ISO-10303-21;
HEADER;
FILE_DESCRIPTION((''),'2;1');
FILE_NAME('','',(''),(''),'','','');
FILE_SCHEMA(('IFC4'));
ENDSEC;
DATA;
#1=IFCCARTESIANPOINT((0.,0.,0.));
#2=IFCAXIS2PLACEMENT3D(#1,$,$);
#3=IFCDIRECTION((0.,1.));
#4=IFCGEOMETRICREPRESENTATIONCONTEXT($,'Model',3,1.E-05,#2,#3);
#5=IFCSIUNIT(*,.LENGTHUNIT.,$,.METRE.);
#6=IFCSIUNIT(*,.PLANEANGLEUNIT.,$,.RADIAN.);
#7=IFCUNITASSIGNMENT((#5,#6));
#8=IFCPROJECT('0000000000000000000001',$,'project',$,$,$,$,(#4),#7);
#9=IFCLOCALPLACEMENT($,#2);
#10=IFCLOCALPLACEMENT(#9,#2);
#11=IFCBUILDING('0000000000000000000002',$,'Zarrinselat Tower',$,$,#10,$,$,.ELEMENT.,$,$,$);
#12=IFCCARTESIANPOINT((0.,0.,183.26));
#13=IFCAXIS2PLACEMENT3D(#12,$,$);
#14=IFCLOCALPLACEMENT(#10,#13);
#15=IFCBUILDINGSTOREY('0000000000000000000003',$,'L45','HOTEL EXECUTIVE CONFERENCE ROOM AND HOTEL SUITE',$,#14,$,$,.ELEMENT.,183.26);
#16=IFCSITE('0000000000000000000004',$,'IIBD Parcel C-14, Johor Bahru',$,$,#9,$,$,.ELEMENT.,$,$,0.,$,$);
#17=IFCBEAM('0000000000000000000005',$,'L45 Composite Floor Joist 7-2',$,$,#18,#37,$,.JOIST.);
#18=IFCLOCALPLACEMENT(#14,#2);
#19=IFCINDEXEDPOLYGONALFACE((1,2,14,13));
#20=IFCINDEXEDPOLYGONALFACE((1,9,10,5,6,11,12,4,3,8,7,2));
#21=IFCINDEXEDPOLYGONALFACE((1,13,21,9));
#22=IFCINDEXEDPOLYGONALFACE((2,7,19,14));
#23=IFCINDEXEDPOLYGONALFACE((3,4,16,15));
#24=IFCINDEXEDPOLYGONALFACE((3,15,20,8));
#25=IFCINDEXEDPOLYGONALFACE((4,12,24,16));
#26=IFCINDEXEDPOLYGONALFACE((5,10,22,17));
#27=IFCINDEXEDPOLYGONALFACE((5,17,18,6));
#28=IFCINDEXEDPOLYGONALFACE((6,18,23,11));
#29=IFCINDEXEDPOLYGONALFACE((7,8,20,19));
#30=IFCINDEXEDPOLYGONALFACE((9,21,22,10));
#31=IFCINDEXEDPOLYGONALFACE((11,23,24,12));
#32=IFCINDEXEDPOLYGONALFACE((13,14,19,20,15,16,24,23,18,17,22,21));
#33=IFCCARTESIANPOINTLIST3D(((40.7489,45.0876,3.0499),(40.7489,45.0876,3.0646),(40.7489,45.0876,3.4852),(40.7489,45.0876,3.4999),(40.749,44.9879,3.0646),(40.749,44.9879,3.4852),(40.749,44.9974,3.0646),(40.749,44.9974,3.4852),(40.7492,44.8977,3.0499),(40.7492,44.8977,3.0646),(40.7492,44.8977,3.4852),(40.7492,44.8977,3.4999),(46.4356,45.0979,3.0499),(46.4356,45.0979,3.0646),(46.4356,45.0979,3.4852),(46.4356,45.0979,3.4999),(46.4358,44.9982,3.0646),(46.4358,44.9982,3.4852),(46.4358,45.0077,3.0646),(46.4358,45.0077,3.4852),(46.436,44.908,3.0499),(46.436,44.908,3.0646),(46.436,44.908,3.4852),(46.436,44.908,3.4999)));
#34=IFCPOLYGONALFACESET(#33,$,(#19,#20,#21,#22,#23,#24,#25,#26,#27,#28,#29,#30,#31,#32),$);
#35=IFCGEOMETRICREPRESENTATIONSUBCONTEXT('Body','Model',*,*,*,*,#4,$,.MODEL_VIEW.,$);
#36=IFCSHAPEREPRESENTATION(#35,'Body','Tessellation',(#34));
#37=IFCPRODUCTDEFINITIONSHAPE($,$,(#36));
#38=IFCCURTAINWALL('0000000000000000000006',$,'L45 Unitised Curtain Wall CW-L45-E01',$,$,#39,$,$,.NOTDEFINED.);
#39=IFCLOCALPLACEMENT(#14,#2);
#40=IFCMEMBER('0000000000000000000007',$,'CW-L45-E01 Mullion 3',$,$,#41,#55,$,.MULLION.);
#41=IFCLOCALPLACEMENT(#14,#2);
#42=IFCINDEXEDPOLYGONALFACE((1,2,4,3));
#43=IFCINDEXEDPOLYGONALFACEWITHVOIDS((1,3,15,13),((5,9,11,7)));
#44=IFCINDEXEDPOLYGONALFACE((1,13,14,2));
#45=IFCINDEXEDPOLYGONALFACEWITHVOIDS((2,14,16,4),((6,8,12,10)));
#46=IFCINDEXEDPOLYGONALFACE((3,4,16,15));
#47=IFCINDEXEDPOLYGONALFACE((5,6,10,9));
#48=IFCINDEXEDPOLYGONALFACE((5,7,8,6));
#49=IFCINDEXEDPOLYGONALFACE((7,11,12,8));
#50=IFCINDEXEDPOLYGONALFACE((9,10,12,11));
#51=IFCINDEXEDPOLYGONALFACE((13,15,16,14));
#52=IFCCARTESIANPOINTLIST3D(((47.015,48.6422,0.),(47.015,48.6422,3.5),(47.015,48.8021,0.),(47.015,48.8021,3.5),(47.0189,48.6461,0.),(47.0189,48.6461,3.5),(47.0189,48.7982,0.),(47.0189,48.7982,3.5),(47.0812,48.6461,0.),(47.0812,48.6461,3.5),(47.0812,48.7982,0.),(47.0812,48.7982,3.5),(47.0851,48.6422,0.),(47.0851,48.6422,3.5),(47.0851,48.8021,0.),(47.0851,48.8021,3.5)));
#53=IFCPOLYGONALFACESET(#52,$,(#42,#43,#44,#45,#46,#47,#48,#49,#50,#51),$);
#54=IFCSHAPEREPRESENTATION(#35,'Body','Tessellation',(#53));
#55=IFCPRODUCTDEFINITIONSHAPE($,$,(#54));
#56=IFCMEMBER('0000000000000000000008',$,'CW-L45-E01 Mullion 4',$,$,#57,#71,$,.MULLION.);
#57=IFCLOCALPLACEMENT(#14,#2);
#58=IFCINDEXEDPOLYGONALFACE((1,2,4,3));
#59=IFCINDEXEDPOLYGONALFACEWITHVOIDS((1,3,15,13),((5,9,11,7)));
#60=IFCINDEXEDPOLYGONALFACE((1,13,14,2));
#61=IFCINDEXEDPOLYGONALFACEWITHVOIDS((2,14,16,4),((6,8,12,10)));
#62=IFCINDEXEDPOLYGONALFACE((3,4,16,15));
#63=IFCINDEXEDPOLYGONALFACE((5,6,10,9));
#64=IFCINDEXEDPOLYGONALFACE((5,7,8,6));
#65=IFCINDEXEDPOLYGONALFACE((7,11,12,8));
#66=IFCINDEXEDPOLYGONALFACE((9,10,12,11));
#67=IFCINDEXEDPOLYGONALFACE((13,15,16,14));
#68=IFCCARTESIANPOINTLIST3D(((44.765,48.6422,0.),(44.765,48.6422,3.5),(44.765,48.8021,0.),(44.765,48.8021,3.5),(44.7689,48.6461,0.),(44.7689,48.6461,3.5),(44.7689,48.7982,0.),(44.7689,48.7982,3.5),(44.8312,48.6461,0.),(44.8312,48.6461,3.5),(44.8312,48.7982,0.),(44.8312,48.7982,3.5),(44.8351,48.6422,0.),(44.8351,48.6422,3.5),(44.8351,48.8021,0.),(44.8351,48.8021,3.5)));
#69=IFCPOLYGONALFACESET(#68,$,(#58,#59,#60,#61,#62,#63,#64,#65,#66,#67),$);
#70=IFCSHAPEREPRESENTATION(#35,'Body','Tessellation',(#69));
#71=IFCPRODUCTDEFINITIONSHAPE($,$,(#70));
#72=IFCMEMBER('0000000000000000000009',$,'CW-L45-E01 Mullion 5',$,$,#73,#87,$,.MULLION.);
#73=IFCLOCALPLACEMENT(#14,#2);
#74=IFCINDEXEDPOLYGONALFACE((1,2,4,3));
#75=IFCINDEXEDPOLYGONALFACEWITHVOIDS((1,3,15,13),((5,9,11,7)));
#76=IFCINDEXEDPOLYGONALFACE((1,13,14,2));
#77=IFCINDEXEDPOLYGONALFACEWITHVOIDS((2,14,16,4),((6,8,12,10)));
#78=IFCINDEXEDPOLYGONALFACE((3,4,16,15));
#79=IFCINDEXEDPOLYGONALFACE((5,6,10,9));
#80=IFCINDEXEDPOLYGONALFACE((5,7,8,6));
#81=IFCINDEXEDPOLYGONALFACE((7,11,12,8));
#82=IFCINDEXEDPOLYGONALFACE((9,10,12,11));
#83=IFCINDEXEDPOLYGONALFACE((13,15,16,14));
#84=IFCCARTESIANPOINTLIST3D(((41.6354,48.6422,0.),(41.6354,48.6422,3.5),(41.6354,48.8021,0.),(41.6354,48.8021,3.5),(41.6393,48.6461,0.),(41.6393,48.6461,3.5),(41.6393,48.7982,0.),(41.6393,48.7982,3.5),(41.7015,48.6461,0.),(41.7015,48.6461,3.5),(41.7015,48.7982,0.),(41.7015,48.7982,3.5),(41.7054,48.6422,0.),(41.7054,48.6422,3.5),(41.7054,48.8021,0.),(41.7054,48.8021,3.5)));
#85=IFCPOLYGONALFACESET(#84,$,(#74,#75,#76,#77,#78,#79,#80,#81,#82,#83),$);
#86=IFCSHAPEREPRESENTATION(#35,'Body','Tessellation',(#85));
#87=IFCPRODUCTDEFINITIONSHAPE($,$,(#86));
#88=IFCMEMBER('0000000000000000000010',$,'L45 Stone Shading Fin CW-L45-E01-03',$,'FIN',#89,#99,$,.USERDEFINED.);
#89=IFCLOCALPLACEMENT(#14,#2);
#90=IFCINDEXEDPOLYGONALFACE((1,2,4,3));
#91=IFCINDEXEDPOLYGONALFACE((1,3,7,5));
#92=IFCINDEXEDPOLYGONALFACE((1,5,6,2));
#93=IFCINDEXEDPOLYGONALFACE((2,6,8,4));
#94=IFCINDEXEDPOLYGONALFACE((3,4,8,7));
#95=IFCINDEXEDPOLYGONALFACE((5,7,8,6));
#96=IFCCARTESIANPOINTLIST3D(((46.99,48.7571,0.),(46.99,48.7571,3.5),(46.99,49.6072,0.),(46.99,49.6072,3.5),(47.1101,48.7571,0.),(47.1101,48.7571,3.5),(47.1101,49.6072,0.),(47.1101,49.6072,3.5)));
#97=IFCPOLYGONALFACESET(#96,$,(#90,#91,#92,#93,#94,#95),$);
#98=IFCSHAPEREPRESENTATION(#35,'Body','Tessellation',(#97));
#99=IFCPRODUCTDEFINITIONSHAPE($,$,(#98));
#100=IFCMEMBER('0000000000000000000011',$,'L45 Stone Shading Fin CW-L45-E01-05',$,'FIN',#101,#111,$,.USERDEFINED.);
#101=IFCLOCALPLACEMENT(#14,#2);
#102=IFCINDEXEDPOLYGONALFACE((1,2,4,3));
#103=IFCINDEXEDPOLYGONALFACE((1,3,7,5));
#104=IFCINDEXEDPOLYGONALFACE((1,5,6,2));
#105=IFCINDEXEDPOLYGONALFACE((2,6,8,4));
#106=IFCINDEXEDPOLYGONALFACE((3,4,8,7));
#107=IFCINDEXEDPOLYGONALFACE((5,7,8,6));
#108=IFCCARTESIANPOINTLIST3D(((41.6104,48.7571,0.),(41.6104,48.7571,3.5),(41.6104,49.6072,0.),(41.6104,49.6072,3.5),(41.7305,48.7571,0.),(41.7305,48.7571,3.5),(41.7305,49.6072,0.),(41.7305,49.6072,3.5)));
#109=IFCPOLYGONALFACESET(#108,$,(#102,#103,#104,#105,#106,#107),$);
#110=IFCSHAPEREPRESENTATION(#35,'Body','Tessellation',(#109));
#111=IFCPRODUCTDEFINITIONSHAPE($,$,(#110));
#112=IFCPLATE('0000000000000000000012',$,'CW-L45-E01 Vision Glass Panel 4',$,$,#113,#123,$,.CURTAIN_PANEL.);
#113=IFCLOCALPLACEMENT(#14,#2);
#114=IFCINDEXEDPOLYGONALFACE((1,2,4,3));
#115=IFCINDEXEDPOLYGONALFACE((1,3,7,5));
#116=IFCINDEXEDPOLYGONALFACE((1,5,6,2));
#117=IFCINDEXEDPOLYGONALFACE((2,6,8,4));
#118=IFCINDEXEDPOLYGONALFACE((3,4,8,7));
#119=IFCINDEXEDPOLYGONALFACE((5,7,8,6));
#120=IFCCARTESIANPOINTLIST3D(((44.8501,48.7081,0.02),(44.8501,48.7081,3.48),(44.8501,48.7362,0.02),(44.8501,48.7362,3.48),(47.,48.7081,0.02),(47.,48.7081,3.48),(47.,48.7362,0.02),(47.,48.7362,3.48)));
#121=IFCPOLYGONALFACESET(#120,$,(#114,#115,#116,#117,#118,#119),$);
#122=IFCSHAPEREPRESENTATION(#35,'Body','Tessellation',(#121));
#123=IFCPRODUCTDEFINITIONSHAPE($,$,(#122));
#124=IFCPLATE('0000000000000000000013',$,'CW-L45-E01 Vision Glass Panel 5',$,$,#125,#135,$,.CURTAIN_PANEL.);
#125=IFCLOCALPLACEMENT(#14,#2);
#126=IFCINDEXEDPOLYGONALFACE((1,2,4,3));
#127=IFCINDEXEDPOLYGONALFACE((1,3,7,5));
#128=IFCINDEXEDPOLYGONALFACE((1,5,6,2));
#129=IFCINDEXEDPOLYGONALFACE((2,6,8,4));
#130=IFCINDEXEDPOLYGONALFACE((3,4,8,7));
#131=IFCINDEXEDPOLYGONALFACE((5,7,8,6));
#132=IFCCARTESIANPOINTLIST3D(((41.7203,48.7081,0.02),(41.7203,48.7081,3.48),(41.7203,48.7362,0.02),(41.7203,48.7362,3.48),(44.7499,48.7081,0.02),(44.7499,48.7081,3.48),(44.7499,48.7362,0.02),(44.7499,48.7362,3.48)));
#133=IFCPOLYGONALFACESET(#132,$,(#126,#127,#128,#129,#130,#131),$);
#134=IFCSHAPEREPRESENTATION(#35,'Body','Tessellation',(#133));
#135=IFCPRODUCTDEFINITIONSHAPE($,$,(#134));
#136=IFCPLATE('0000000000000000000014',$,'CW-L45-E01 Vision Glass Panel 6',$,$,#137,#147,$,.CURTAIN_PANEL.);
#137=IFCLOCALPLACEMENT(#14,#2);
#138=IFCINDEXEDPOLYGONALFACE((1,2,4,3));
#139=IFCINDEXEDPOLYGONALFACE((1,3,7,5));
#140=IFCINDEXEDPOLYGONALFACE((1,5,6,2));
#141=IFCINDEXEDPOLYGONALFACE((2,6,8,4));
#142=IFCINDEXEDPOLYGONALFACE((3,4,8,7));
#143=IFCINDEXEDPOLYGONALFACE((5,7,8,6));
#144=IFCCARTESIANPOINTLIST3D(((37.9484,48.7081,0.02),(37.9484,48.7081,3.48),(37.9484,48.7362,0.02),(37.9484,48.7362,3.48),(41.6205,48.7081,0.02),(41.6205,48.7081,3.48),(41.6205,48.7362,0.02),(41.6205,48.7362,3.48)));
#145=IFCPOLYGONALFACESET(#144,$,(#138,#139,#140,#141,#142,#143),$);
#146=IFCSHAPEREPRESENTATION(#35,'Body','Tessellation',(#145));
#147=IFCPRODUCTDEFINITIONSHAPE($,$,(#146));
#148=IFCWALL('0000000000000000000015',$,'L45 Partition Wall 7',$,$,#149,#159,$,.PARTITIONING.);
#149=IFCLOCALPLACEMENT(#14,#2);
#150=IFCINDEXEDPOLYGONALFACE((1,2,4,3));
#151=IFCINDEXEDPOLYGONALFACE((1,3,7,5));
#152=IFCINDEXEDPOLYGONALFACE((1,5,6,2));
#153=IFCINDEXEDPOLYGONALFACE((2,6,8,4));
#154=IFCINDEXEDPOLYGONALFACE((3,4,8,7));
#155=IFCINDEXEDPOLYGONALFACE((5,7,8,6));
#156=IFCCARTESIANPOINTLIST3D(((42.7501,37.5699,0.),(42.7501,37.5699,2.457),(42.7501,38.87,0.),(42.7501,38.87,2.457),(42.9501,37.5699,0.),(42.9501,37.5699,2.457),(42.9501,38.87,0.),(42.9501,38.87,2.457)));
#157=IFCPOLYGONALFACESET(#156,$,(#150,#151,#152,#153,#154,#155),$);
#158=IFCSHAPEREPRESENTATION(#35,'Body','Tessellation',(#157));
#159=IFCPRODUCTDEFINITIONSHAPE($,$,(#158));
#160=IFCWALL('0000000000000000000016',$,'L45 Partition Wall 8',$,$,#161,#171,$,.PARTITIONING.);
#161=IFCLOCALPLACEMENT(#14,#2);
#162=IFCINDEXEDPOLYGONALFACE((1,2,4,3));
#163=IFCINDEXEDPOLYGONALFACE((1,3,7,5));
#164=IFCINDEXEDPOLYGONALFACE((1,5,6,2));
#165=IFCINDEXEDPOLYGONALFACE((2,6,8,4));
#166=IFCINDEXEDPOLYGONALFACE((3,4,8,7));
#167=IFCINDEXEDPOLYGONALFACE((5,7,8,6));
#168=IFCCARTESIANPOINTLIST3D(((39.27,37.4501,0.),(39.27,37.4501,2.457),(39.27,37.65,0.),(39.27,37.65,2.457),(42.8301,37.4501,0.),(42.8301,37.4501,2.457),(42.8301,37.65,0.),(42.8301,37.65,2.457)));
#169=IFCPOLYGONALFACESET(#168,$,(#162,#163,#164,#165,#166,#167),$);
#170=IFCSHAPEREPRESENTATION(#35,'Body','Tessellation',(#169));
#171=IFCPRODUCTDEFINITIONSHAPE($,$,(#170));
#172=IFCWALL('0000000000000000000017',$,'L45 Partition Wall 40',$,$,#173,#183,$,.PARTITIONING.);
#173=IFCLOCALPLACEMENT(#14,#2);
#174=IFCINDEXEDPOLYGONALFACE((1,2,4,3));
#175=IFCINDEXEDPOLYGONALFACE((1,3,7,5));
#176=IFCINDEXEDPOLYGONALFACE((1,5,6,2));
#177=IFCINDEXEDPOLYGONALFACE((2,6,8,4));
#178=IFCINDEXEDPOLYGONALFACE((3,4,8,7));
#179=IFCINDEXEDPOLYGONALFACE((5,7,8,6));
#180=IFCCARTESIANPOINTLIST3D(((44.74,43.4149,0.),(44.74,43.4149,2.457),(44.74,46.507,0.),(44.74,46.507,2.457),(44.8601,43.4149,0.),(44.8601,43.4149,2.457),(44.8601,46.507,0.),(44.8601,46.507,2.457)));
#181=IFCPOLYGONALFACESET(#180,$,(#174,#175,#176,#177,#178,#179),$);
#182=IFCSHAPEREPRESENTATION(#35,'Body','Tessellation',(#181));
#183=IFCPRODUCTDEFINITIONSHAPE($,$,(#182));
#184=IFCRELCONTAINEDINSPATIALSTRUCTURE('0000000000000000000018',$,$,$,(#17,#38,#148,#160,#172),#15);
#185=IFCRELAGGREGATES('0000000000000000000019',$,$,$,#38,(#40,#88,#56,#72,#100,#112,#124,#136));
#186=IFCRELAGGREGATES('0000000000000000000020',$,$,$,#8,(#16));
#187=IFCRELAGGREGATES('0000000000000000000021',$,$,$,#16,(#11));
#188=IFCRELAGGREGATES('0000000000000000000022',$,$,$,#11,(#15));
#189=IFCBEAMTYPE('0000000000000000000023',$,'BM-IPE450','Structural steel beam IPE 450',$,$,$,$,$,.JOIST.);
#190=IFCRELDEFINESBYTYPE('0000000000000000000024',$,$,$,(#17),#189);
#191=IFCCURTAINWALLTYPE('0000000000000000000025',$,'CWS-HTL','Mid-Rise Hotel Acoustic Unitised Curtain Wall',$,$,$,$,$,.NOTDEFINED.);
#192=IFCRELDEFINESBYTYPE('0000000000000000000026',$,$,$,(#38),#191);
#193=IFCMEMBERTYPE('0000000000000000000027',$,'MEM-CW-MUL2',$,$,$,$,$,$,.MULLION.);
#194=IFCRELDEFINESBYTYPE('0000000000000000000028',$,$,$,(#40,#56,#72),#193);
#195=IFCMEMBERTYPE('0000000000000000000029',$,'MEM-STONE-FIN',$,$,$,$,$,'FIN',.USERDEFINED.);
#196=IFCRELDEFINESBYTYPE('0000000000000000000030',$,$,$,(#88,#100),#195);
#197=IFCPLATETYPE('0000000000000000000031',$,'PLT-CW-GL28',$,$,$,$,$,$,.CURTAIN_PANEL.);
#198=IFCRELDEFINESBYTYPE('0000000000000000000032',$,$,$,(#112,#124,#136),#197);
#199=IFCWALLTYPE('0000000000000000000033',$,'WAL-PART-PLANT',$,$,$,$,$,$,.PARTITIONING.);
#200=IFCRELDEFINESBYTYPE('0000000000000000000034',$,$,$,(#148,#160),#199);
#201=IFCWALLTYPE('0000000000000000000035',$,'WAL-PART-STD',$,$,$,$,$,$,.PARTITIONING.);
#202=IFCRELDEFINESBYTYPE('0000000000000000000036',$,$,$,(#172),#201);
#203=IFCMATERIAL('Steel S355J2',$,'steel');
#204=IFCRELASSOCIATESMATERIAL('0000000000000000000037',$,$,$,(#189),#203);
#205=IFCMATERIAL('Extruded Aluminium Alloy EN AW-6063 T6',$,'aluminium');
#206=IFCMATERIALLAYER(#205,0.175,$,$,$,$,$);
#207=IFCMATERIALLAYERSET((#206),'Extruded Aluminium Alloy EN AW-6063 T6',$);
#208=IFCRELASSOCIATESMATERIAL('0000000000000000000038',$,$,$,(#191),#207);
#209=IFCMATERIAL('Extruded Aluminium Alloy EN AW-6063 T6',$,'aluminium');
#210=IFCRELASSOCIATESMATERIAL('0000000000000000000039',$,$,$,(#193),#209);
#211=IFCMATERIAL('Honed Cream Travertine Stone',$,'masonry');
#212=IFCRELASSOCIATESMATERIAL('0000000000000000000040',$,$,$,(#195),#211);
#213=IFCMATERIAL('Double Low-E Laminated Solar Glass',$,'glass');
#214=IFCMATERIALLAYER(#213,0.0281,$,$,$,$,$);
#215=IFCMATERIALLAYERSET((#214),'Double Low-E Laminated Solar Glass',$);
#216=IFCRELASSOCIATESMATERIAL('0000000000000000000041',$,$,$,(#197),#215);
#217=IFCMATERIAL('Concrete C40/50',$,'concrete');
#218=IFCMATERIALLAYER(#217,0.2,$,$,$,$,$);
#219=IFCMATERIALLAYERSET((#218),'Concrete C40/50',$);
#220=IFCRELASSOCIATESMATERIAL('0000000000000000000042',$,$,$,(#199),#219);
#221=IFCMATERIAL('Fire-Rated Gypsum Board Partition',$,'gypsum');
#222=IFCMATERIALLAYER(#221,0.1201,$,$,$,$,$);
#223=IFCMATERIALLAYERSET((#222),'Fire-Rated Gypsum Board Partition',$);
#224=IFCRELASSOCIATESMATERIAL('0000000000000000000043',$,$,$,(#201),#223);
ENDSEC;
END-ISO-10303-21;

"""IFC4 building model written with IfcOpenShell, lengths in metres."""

from ifc_helpers import new_model, si_unit, direction, frame, frame_2d, origin, origin_2d, place, context, subcontext, project, spatial, rectangle, hollow_rectangle, i_section, extrude, material, layer, layer_set, material_profile, profile_set, type_object, element, aggregate, save


model = new_model("IFC4")

# Units and contexts
model_context = context("Model", 3, precision=1e-05, world=origin(), true_north=direction((0.0, 1.0)))
body_context = subcontext(model_context, "Body", "Model", "MODEL_VIEW")
ifc_project = project(units=[si_unit("LENGTHUNIT", "METRE"), si_unit("PLANEANGLEUNIT", "RADIAN")], contexts=[model_context])

# Site, building, storey
site_placement = place(None, origin())
site = spatial("IfcSite", under=ifc_project, at=site_placement, Name="IIBD Parcel C-14, Johor Bahru", CompositionType="ELEMENT", RefElevation=0.0)
building_placement = place(site_placement, origin())
building = spatial("IfcBuilding", under=site, at=building_placement, Name="Zarrinselat Tower", CompositionType="ELEMENT")
storey_placement = place(building_placement, frame((0.0, 0.0, 183.26)))
storey = spatial("IfcBuildingStorey", under=building, at=storey_placement, Name="L45", Description="HOTEL EXECUTIVE CONFERENCE ROOM AND HOTEL SUITE", CompositionType="ELEMENT", Elevation=183.26)

# Beam
ifc_material_1 = material(Name="Steel S355J2", Category="steel")
ifc_material_profile_1 = material_profile(ifc_material_1, i_section(OverallWidth=0.1899, OverallDepth=0.45, WebThickness=0.0095, FlangeThickness=0.0146, at=origin_2d()), Name="IPE 450")
ifc_profile_set_1 = profile_set([ifc_material_profile_1], Name="Steel S355J2")
beam_type_1 = type_object("IfcBeamType", Name="BM-IPE450", Description="Structural steel beam IPE 450", PredefinedType="JOIST", material=ifc_profile_set_1)
beam_1_placement = place(storey_placement, frame((40.749, 44.9927, 3.2749), z_axis=(0.999998, 0.001803, 0.0), x_axis=(-0.001803, 0.999998, 0.0)))
element("IfcBeam", 1, at=beam_1_placement, inside=storey, type_object=beam_type_1, Name="L45 Composite Floor Joist 7-2", PredefinedType="JOIST", context=body_context, shape_type="SweptSolid", body=[
    extrude(i_section(OverallWidth=0.1899, OverallDepth=0.45, WebThickness=0.0095, FlangeThickness=0.0146, at=origin_2d()), origin(), (0.0, 0.0, 1.0), 5.6868),
])

# Curtain wall, members, plates
ifc_material_2 = material(Name="Extruded Aluminium Alloy EN AW-6063 T6", Category="aluminium")
ifc_layer_1 = layer(ifc_material_2, 0.175)
ifc_layer_set_1 = layer_set([ifc_layer_1], Name="Extruded Aluminium Alloy EN AW-6063 T6")
curtain_wall_type = type_object("IfcCurtainWallType", Name="CWS-HTL", Description="Mid-Rise Hotel Acoustic Unitised Curtain Wall", PredefinedType="NOTDEFINED", material=ifc_layer_set_1)
curtain_wall_placement = place(storey_placement, origin())
curtain_wall = element("IfcCurtainWall", 2, at=curtain_wall_placement, inside=storey, type_object=curtain_wall_type, Name="L45 Unitised Curtain Wall CW-L45-E01", PredefinedType="NOTDEFINED")
ifc_material_3 = material(Name="Extruded Aluminium Alloy EN AW-6063 T6", Category="aluminium")
ifc_material_profile_2 = material_profile(ifc_material_3, hollow_rectangle(XDim=0.0701, YDim=0.1599, WallThickness=0.0039, at=origin_2d()), Name="RHS 160x70x4")
ifc_profile_set_2 = profile_set([ifc_material_profile_2], Name="Extruded Aluminium Alloy EN AW-6063 T6")
member_type_1 = type_object("IfcMemberType", Name="MEM-CW-MUL2", PredefinedType="MULLION", material=ifc_profile_set_2)
member_1_placement = place(storey_placement, frame((47.05, 48.7222, 0.0), z_axis=(0.0, 0.0, 1.0), x_axis=(-1.0, 0.0, 0.0)))
member_1 = element("IfcMember", 3, at=member_1_placement, type_object=member_type_1, Name="CW-L45-E01 Mullion 3", PredefinedType="MULLION", context=body_context, shape_type="SweptSolid", body=[
    extrude(hollow_rectangle(XDim=0.0701, YDim=0.1599, WallThickness=0.0039, at=origin_2d()), origin(), (0.0, 0.0, 1.0), 3.5),
])
member_2_placement = place(storey_placement, frame((44.8, 48.7222, 0.0), z_axis=(0.0, 0.0, 1.0), x_axis=(-1.0, 0.0, 0.0)))
member_2 = element("IfcMember", 4, at=member_2_placement, type_object=member_type_1, Name="CW-L45-E01 Mullion 4", PredefinedType="MULLION", context=body_context, shape_type="SweptSolid", body=[
    extrude(hollow_rectangle(XDim=0.0701, YDim=0.1599, WallThickness=0.0039, at=origin_2d()), origin(), (0.0, 0.0, 1.0), 3.5),
])
member_3_placement = place(storey_placement, frame((41.6704, 48.7222, 0.0), z_axis=(0.0, 0.0, 1.0), x_axis=(-1.0, 0.0, 0.0)))
member_3 = element("IfcMember", 5, at=member_3_placement, type_object=member_type_1, Name="CW-L45-E01 Mullion 5", PredefinedType="MULLION", context=body_context, shape_type="SweptSolid", body=[
    extrude(hollow_rectangle(XDim=0.0701, YDim=0.1599, WallThickness=0.0039, at=origin_2d()), origin(), (0.0, 0.0, 1.0), 3.5),
])
ifc_material_4 = material(Name="Honed Cream Travertine Stone", Category="masonry")
ifc_material_profile_3 = material_profile(ifc_material_4, rectangle(XDim=0.1201, YDim=0.8501, at=origin_2d()), Name="FIN 850x120")
ifc_profile_set_3 = profile_set([ifc_material_profile_3], Name="Honed Cream Travertine Stone")
member_type_2 = type_object("IfcMemberType", Name="MEM-STONE-FIN", ElementType="FIN", PredefinedType="USERDEFINED", material=ifc_profile_set_3)
member_4_placement = place(storey_placement, frame((47.05, 49.1821, 0.0), z_axis=(0.0, 0.0, 1.0), x_axis=(1.0, 0.0, 0.0)))
member_4 = element("IfcMember", 6, at=member_4_placement, type_object=member_type_2, Name="L45 Stone Shading Fin CW-L45-E01-03", ObjectType="FIN", PredefinedType="USERDEFINED", context=body_context, shape_type="SweptSolid", body=[
    extrude(rectangle(XDim=0.1201, YDim=0.8501, at=origin_2d()), origin(), (0.0, 0.0, 1.0), 3.5),
])
member_5_placement = place(storey_placement, frame((41.6704, 49.1821, 0.0), z_axis=(0.0, 0.0, 1.0), x_axis=(1.0, 0.0, 0.0)))
member_5 = element("IfcMember", 7, at=member_5_placement, type_object=member_type_2, Name="L45 Stone Shading Fin CW-L45-E01-05", ObjectType="FIN", PredefinedType="USERDEFINED", context=body_context, shape_type="SweptSolid", body=[
    extrude(rectangle(XDim=0.1201, YDim=0.8501, at=origin_2d()), origin(), (0.0, 0.0, 1.0), 3.5),
])
ifc_material_5 = material(Name="Double Low-E Laminated Solar Glass", Category="glass")
ifc_layer_2 = layer(ifc_material_5, 0.0281)
ifc_layer_set_2 = layer_set([ifc_layer_2], Name="Double Low-E Laminated Solar Glass")
plate_type = type_object("IfcPlateType", Name="PLT-CW-GL28", PredefinedType="CURTAIN_PANEL", material=ifc_layer_set_2)
plate_1_placement = place(storey_placement, frame((45.925, 48.7222, 0.02), z_axis=(0.0, 0.0, 1.0), x_axis=(-1.0, 0.0, 0.0)))
plate_1 = element("IfcPlate", 8, at=plate_1_placement, type_object=plate_type, Name="CW-L45-E01 Vision Glass Panel 4", PredefinedType="CURTAIN_PANEL", context=body_context, shape_type="SweptSolid", body=[
    extrude(rectangle(XDim=2.1499, YDim=0.0281, at=origin_2d()), origin(), (0.0, 0.0, 1.0), 3.46),
])
plate_2_placement = place(storey_placement, frame((43.2351, 48.7222, 0.02), z_axis=(0.0, 0.0, 1.0), x_axis=(-1.0, 0.0, 0.0)))
plate_2 = element("IfcPlate", 9, at=plate_2_placement, type_object=plate_type, Name="CW-L45-E01 Vision Glass Panel 5", PredefinedType="CURTAIN_PANEL", context=body_context, shape_type="SweptSolid", body=[
    extrude(rectangle(XDim=3.0295, YDim=0.0281, at=origin_2d()), origin(), (0.0, 0.0, 1.0), 3.46),
])
plate_3_placement = place(storey_placement, frame((39.7844, 48.7222, 0.02), z_axis=(0.0, 0.0, 1.0), x_axis=(-1.0, 0.0, 0.0)))
plate_3 = element("IfcPlate", 10, at=plate_3_placement, type_object=plate_type, Name="CW-L45-E01 Vision Glass Panel 6", PredefinedType="CURTAIN_PANEL", context=body_context, shape_type="SweptSolid", body=[
    extrude(rectangle(XDim=3.6721, YDim=0.0281, at=origin_2d()), origin(), (0.0, 0.0, 1.0), 3.46),
])
aggregate(curtain_wall, [member_1, member_4, member_2, member_3, member_5, plate_1, plate_2, plate_3])

# Walls
ifc_material_6 = material(Name="Concrete C40/50", Category="concrete")
ifc_layer_3 = layer(ifc_material_6, 0.2)
ifc_layer_set_3 = layer_set([ifc_layer_3], Name="Concrete C40/50")
wall_type_1 = type_object("IfcWallType", Name="WAL-PART-PLANT", PredefinedType="PARTITIONING", material=ifc_layer_set_3)
wall_1_placement = place(storey_placement, frame((42.8501, 37.5701, 0.0), z_axis=(0.0, 0.0, 1.0), x_axis=(0.0, 1.0, 0.0)))
element("IfcWall", 11, at=wall_1_placement, inside=storey, type_object=wall_type_1, Name="L45 Partition Wall 7", PredefinedType="PARTITIONING", context=body_context, shape_type="SweptSolid", body=[
    extrude(rectangle(XDim=1.3, YDim=0.2, at=frame_2d((0.6499, 0.0))), origin(), (0.0, 0.0, 1.0), 2.457),
])
wall_2_placement = place(storey_placement, frame((39.27, 37.55, 0.0), z_axis=(0.0, 0.0, 1.0), x_axis=(1.0, 0.0, 0.0)))
element("IfcWall", 12, at=wall_2_placement, inside=storey, type_object=wall_type_1, Name="L45 Partition Wall 8", PredefinedType="PARTITIONING", context=body_context, shape_type="SweptSolid", body=[
    extrude(rectangle(XDim=3.5601, YDim=0.2, at=frame_2d((1.78, 0.0))), origin(), (0.0, 0.0, 1.0), 2.457),
])
ifc_material_7 = material(Name="Fire-Rated Gypsum Board Partition", Category="gypsum")
ifc_layer_4 = layer(ifc_material_7, 0.1201)
ifc_layer_set_4 = layer_set([ifc_layer_4], Name="Fire-Rated Gypsum Board Partition")
wall_type_2 = type_object("IfcWallType", Name="WAL-PART-STD", PredefinedType="PARTITIONING", material=ifc_layer_set_4)
wall_3_placement = place(storey_placement, frame((44.8, 43.415, 0.0), z_axis=(0.0, 0.0, 1.0), x_axis=(0.0, 1.0, 0.0)))
element("IfcWall", 13, at=wall_3_placement, inside=storey, type_object=wall_type_2, Name="L45 Partition Wall 40", PredefinedType="PARTITIONING", context=body_context, shape_type="SweptSolid", body=[
    extrude(rectangle(XDim=3.092, YDim=0.1201, at=frame_2d((1.5459, 0.0))), origin(), (0.0, 0.0, 1.0), 2.457),
])

save(model, "model.ifc")
